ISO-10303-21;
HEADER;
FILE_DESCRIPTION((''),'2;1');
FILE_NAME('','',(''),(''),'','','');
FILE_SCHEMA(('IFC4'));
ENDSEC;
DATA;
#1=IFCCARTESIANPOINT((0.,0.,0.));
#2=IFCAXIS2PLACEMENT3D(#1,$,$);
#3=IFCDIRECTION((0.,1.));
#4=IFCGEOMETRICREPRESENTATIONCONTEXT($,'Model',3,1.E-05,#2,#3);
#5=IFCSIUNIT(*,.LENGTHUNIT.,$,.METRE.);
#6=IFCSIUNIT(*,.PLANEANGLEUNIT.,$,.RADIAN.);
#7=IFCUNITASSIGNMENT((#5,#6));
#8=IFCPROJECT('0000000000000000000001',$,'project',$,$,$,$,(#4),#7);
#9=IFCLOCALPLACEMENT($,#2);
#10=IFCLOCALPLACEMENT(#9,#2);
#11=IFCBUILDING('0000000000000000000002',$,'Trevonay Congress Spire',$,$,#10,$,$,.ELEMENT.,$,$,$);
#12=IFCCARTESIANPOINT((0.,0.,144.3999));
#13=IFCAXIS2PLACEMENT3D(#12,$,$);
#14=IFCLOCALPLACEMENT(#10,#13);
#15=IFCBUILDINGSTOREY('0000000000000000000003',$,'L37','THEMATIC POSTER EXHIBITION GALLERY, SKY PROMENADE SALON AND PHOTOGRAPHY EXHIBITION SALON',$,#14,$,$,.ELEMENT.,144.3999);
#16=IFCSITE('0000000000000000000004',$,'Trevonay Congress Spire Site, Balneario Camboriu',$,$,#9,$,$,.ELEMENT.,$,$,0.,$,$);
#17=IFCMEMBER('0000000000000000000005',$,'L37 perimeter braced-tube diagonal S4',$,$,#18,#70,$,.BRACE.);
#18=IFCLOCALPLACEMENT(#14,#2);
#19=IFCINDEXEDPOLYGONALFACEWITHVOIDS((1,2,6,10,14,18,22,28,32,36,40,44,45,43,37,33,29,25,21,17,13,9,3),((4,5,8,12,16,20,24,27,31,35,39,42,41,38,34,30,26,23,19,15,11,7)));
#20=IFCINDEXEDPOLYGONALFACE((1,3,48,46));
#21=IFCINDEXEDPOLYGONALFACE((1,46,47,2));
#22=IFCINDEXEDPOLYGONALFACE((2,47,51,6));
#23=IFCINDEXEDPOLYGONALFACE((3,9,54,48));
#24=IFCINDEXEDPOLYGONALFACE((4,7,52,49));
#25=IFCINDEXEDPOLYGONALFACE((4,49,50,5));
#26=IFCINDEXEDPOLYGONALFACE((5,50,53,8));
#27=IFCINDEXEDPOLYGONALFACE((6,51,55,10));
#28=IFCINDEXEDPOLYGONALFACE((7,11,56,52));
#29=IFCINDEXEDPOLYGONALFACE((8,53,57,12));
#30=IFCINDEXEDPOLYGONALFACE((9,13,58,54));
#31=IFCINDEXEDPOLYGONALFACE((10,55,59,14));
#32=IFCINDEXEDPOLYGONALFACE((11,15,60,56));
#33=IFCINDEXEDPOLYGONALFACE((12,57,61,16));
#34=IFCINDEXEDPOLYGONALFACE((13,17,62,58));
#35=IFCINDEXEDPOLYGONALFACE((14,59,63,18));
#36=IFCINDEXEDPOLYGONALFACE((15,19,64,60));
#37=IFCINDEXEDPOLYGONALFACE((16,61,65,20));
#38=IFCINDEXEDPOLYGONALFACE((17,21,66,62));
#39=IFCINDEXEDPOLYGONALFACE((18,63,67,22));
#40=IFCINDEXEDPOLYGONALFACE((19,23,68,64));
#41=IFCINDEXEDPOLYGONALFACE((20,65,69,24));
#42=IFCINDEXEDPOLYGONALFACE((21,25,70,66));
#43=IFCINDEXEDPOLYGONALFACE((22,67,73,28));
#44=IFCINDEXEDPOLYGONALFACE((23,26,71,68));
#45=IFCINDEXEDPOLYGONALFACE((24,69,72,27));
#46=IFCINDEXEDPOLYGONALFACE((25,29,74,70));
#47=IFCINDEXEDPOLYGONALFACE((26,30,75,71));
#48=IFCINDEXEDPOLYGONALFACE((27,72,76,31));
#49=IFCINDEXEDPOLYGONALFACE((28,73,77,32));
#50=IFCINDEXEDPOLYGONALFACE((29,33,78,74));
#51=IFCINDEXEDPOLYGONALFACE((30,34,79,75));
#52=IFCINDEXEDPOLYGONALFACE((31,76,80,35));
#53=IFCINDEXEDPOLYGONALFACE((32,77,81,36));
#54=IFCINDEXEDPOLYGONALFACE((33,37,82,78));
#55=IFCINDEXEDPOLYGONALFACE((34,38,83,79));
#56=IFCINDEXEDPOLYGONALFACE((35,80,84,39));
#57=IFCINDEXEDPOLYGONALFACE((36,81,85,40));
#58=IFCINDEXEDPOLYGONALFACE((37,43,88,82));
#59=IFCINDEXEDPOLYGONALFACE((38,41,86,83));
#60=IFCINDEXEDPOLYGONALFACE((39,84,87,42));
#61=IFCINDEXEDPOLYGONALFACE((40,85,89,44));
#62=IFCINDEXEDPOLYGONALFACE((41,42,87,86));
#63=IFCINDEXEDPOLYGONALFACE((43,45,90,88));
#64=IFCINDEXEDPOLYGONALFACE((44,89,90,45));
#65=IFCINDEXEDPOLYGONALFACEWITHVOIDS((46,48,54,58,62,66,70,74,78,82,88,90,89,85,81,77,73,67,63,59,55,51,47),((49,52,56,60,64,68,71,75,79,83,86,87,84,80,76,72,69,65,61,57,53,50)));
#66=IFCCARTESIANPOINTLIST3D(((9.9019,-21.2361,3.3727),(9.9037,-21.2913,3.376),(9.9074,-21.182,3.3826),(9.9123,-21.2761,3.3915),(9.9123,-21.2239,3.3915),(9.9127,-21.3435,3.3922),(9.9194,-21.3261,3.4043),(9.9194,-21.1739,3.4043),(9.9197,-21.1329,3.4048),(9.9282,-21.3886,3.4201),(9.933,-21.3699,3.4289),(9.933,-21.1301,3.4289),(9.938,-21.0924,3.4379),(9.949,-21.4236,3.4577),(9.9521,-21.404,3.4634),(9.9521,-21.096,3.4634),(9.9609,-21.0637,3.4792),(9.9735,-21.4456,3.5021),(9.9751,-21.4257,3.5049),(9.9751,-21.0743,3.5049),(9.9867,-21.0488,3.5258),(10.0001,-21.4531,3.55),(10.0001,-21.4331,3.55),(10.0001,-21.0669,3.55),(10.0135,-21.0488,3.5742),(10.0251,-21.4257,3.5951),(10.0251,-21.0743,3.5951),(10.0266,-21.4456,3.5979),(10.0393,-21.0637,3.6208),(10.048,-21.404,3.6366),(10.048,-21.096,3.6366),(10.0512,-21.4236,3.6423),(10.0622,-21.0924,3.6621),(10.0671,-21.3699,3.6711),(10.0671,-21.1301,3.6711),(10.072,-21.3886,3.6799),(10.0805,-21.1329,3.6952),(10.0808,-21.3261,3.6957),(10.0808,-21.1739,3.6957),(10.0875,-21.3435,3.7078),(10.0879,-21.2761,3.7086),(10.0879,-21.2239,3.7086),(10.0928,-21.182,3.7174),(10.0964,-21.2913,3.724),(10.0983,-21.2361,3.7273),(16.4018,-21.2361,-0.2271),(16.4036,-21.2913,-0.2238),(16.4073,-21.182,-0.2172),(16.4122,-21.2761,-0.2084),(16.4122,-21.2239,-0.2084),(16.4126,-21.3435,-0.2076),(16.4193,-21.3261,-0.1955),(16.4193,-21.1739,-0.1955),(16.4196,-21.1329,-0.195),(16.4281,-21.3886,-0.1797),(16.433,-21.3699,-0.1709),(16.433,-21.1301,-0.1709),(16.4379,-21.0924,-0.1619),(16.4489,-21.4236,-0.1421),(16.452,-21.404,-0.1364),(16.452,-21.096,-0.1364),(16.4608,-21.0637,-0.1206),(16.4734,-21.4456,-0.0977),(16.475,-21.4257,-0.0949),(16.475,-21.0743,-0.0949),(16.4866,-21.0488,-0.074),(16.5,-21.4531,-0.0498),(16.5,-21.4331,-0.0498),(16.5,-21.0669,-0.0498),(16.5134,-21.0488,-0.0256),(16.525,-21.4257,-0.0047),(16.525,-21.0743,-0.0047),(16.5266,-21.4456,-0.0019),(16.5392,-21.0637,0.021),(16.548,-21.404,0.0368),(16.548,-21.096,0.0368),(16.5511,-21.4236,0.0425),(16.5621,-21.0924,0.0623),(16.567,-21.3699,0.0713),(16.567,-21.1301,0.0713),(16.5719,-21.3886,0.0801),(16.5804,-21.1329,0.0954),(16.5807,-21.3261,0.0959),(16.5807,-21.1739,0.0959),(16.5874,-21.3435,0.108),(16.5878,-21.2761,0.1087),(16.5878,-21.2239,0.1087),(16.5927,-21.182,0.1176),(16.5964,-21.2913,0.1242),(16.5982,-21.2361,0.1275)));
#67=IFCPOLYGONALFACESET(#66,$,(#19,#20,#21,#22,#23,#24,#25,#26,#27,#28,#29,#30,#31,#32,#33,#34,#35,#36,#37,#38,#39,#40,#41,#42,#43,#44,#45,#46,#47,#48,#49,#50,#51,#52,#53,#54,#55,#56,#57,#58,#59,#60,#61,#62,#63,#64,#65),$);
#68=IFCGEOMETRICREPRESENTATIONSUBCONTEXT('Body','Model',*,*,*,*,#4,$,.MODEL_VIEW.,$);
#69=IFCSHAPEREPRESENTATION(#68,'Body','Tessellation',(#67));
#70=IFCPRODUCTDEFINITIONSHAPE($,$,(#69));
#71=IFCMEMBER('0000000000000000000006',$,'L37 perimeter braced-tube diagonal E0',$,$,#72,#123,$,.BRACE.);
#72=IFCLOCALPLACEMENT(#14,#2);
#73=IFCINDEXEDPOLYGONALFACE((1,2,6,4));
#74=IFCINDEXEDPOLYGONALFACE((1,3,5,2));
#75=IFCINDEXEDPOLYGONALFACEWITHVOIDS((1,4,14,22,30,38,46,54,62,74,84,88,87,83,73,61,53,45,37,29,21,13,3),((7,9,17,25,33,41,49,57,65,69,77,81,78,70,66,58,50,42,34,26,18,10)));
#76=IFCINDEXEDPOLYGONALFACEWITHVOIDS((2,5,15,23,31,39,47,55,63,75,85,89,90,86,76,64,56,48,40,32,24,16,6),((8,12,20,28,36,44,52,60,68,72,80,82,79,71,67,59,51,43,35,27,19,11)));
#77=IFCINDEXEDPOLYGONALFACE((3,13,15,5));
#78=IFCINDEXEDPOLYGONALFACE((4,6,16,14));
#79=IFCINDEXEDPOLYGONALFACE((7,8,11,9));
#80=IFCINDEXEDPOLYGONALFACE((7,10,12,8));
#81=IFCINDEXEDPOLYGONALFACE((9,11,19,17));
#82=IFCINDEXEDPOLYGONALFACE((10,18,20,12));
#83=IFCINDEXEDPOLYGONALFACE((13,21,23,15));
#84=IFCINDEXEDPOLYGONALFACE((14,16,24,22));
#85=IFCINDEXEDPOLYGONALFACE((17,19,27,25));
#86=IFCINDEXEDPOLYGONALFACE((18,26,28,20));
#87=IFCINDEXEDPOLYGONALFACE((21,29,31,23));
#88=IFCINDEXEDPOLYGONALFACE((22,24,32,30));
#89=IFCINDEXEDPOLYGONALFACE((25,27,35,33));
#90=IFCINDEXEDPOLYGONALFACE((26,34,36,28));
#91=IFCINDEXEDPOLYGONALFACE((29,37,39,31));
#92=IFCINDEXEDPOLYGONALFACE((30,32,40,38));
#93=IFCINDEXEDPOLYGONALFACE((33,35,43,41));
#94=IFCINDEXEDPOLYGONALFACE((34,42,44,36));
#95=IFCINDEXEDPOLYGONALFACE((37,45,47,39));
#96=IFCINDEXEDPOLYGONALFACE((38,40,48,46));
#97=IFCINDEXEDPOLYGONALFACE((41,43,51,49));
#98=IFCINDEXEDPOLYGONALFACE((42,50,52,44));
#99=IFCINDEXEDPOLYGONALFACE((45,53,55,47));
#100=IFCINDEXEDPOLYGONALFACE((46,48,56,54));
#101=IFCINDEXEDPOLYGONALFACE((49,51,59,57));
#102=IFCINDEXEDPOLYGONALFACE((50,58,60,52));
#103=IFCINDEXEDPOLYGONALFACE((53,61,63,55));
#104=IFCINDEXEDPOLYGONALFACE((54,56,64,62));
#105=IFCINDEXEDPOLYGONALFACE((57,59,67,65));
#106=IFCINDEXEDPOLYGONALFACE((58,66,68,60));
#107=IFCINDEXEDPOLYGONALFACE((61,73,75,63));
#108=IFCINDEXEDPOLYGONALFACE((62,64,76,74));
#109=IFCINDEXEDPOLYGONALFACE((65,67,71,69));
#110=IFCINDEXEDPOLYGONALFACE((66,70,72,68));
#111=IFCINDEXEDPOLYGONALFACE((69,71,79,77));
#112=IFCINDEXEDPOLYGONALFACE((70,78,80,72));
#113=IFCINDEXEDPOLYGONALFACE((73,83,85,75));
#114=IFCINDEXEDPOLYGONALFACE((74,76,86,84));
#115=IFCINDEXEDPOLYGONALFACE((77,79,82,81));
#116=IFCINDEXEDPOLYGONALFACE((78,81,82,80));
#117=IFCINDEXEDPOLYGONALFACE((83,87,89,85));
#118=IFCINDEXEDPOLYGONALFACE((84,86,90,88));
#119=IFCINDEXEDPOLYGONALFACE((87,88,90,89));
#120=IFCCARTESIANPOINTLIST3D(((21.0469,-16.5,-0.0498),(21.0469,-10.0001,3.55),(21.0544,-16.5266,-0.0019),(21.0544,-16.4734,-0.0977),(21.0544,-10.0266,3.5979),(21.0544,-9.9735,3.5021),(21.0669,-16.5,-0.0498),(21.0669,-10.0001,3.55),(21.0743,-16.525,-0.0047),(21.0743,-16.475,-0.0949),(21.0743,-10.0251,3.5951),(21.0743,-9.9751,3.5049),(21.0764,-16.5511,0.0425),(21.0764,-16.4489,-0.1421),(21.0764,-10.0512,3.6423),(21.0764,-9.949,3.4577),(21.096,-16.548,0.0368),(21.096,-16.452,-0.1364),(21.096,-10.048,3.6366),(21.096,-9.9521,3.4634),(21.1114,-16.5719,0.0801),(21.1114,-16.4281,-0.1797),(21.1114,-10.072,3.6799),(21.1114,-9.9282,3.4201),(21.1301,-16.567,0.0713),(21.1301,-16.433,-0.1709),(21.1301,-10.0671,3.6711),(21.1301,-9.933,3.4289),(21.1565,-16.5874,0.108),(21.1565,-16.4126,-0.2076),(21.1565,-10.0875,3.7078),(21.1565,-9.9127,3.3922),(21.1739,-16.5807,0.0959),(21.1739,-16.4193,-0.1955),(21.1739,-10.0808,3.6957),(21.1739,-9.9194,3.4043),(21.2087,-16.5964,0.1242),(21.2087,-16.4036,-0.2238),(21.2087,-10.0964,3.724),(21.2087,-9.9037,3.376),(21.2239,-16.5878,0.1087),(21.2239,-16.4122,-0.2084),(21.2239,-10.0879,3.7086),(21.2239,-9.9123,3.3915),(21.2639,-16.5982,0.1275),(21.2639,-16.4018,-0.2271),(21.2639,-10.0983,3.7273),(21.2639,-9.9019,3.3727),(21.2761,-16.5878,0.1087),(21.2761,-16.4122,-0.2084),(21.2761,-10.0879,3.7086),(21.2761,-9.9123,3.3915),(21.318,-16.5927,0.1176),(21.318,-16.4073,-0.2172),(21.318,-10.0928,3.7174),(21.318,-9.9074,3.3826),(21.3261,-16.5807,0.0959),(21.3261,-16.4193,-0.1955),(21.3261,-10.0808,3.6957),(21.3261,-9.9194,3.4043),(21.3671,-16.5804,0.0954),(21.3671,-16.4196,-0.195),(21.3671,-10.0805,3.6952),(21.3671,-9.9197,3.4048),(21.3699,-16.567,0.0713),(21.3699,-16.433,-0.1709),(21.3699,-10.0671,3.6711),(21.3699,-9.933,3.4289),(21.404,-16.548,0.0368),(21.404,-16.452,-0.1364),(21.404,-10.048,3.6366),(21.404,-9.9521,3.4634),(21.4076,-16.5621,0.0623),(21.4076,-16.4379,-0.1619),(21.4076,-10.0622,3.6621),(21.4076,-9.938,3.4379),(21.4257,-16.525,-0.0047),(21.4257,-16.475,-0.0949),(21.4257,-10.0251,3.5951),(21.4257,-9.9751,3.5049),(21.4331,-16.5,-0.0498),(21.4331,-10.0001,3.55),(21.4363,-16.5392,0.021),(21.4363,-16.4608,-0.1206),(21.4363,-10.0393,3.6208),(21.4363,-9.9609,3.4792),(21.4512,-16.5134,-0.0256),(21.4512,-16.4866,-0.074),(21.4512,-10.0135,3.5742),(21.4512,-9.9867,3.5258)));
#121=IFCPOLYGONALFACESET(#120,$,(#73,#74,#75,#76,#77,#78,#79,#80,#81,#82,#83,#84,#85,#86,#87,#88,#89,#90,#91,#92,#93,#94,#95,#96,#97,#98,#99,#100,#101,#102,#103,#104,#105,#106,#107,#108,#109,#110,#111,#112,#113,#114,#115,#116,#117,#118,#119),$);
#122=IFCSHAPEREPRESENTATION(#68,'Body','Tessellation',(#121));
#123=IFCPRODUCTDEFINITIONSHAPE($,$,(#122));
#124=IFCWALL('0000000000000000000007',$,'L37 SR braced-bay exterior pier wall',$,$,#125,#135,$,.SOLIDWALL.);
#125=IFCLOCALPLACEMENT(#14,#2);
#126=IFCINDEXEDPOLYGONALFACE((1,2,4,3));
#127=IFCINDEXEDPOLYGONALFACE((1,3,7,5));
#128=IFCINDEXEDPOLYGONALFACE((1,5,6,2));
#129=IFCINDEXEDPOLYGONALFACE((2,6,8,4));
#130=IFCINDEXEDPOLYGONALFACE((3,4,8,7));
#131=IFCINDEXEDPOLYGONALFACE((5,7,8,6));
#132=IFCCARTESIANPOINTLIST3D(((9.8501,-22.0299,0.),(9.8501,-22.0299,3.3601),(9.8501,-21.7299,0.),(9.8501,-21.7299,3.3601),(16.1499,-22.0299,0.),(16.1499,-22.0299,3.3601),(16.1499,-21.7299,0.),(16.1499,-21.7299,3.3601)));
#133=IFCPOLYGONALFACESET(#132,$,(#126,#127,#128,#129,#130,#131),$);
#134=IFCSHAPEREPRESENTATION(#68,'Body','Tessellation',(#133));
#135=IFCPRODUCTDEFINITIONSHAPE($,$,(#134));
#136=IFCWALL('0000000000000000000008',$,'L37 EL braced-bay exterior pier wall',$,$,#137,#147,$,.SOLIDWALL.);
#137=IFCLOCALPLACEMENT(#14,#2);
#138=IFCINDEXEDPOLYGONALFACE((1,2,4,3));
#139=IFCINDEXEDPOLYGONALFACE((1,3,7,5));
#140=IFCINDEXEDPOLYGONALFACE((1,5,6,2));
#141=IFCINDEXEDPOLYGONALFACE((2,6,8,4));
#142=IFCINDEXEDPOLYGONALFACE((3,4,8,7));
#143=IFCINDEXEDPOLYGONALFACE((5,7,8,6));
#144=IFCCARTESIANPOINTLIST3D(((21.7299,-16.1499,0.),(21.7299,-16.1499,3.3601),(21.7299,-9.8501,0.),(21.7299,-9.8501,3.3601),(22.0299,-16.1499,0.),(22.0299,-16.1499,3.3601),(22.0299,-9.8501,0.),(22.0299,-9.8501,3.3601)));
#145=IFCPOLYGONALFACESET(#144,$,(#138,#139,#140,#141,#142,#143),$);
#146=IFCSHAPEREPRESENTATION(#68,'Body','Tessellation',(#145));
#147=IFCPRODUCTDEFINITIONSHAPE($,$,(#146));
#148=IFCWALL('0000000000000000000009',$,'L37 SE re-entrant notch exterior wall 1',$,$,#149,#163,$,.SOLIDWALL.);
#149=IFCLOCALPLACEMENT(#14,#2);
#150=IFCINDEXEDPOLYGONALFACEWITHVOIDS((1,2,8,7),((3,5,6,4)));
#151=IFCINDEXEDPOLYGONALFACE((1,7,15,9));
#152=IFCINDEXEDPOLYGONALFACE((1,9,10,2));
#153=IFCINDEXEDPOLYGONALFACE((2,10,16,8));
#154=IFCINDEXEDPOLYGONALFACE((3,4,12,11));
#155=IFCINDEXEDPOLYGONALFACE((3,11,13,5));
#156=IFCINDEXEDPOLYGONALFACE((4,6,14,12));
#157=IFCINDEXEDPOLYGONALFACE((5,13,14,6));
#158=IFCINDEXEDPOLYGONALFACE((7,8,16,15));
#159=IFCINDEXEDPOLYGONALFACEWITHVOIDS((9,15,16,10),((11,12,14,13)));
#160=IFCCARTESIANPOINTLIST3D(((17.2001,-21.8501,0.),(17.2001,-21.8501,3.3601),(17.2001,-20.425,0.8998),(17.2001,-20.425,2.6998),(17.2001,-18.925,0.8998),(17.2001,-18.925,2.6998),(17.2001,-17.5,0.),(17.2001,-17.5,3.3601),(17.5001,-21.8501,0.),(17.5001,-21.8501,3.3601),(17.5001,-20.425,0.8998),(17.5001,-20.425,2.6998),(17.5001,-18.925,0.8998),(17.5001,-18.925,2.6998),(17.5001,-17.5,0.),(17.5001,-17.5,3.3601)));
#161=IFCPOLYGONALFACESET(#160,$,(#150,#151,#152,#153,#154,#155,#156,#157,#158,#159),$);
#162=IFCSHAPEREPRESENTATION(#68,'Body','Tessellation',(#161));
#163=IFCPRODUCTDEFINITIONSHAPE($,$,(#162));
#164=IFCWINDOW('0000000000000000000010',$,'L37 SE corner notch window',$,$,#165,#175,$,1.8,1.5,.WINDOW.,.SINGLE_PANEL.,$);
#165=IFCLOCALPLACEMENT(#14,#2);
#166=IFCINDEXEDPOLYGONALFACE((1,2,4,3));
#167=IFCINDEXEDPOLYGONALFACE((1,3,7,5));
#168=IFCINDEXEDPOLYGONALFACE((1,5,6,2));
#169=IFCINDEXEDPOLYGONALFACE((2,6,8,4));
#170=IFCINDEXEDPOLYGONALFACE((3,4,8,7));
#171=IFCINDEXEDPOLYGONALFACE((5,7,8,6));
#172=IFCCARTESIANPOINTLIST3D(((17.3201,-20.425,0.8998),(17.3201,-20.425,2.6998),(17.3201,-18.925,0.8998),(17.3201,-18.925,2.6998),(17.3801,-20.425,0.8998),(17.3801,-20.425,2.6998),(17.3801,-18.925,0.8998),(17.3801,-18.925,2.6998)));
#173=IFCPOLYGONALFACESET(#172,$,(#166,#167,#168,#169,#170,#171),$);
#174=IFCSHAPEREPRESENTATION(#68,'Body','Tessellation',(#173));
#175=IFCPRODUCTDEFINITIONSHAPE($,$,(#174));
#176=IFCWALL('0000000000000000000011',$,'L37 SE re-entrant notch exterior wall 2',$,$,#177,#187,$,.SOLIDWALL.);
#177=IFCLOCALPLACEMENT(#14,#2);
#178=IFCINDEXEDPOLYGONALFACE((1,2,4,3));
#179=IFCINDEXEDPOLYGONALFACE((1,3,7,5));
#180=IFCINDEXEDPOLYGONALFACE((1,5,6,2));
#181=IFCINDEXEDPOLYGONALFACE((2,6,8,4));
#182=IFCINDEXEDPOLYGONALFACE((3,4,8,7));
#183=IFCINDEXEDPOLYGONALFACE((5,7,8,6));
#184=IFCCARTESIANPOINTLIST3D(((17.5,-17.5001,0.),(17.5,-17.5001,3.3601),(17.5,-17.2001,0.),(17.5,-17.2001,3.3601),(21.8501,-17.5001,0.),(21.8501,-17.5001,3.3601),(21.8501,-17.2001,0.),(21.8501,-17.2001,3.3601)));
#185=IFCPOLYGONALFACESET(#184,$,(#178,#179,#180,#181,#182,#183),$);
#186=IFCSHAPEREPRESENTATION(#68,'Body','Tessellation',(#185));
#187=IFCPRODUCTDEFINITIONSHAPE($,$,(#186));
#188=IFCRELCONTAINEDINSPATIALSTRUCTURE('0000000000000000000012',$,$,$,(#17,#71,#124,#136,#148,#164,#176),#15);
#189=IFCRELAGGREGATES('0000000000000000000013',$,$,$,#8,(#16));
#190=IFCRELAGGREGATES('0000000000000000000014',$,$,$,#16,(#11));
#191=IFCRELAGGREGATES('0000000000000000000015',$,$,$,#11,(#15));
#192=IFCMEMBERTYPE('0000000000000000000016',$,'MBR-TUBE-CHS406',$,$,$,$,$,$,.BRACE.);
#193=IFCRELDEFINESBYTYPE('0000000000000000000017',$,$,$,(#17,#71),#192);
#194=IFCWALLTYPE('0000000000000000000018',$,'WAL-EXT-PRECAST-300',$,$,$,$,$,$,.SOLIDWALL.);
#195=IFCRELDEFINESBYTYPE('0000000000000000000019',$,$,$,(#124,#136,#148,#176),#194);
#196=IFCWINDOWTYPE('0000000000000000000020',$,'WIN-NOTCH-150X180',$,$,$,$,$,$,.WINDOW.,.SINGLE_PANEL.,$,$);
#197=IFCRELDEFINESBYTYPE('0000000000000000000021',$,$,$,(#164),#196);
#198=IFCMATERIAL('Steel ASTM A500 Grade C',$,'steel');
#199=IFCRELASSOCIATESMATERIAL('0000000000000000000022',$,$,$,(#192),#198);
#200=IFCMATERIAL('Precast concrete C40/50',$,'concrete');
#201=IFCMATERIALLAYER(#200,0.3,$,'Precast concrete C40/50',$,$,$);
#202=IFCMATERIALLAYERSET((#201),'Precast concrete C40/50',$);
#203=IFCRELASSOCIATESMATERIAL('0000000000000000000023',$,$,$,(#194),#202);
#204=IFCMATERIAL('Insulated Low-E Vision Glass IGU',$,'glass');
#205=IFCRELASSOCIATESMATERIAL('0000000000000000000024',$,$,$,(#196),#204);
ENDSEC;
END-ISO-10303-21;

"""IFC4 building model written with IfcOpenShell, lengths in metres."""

from ifc_helpers import new_model, si_unit, direction, frame, frame_2d, origin, origin_2d, place, context, subcontext, project, spatial, rectangle, hollow_circle, extrude, material, layer, layer_set, material_profile, profile_set, type_object, element, fill, save


model = new_model("IFC4")

# Units and contexts
model_context = context("Model", 3, precision=1e-05, world=origin(), true_north=direction((0.0, 1.0)))
body_context = subcontext(model_context, "Body", "Model", "MODEL_VIEW")
ifc_project = project(units=[si_unit("LENGTHUNIT", "METRE"), si_unit("PLANEANGLEUNIT", "RADIAN")], contexts=[model_context])

# Site, building, storey
site_placement = place(None, origin())
site = spatial("IfcSite", under=ifc_project, at=site_placement, Name="Trevonay Congress Spire Site, Balneario Camboriu", CompositionType="ELEMENT", RefElevation=0.0)
building_placement = place(site_placement, origin())
building = spatial("IfcBuilding", under=site, at=building_placement, Name="Trevonay Congress Spire", CompositionType="ELEMENT")
storey_placement = place(building_placement, frame((0.0, 0.0, 144.3999)))
storey = spatial("IfcBuildingStorey", under=building, at=storey_placement, Name="L37", Description="THEMATIC POSTER EXHIBITION GALLERY, SKY PROMENADE SALON AND PHOTOGRAPHY EXHIBITION SALON", CompositionType="ELEMENT", Elevation=144.3999)

# Members
ifc_material_1 = material(Name="Steel ASTM A500 Grade C", Category="steel")
ifc_material_profile_1 = material_profile(ifc_material_1, hollow_circle(Radius=0.2031, WallThickness=0.02, at=origin_2d()), Name="CHS 406.4x20")
ifc_profile_set_1 = profile_set([ifc_material_profile_1], Name="Steel ASTM A500 Grade C")
member_type_1 = type_object("IfcMemberType", Name="MBR-TUBE-CHS406", PredefinedType="BRACE", material=ifc_profile_set_1)
for number, where, z_axis, x_axis, name in (
    (1, (16.5, -21.25, -0.0498), (-0.8748, 0.0, 0.484485), (0.0, -1.0, 0.0), "L37 perimeter braced-tube diagonal S4"),
    (2, (21.25, -16.5, -0.0498), (0.0, 0.8748, 0.484485), (-1.0, 0.0, 0.0), "L37 perimeter braced-tube diagonal E0"),
):
    element("IfcMember", number, at=place(storey_placement, frame(where, z_axis=z_axis, x_axis=x_axis)), inside=storey, type_object=member_type_1, Name=name, PredefinedType="BRACE", context=body_context, shape_type="SweptSolid", body=[
        extrude(hollow_circle(Radius=0.2031, WallThickness=0.02, at=origin_2d()), origin(), (0.0, 0.0, 1.0), 7.4302),
    ])

# Walls
ifc_material_2 = material(Name="Precast concrete C40/50", Category="concrete")
ifc_layer_1 = layer(ifc_material_2, 0.3, Name="Precast concrete C40/50")
ifc_layer_set_1 = layer_set([ifc_layer_1], Name="Precast concrete C40/50")
wall_type_1 = type_object("IfcWallType", Name="WAL-EXT-PRECAST-300", PredefinedType="SOLIDWALL", material=ifc_layer_set_1)
for number, where, z_axis, x_axis, name in (
    (3, (9.8501, -21.8799, 0.0), (0.0, 0.0, 1.0), (1.0, 0.0, 0.0), "L37 SR braced-bay exterior pier wall"),
    (4, (21.8799, -16.1499, 0.0), (0.0, 0.0, 1.0), (0.0, 1.0, 0.0), "L37 EL braced-bay exterior pier wall"),
):
    element("IfcWall", number, at=place(storey_placement, frame(where, z_axis=z_axis, x_axis=x_axis)), inside=storey, type_object=wall_type_1, Name=name, PredefinedType="SOLIDWALL", context=body_context, shape_type="SweptSolid", body=[
        extrude(rectangle(XDim=6.2998, YDim=0.3, at=frame_2d((3.1499, 0.0))), origin(), (0.0, 0.0, 1.0), 3.3601),
    ])

# Wall, opening, window
wall_1_placement = place(storey_placement, frame((17.3501, -21.8501, 0.0), z_axis=(0.0, 0.0, 1.0), x_axis=(0.0, 1.0, 0.0)))
wall_1 = element("IfcWall", 5, at=wall_1_placement, inside=storey, type_object=wall_type_1, Name="L37 SE re-entrant notch exterior wall 1", PredefinedType="SOLIDWALL", context=body_context, shape_type="SweptSolid", body=[
    extrude(rectangle(XDim=4.3501, YDim=0.3, at=frame_2d((2.175, 0.0))), origin(), (0.0, 0.0, 1.0), 3.3601),
])
opening_placement = place(wall_1_placement, frame((1.425, 0.0, 0.8999)))
opening = element("IfcOpeningElement", 6, at=opening_placement, cuts=wall_1, PredefinedType="OPENING", context=body_context, shape_type="SweptSolid", body=[
    extrude(rectangle(XDim=1.5, YDim=1.8, at=frame_2d((0.75, 0.8999))), frame((0.0, 0.1602, 0.0), z_axis=(0.0, -1.0, 0.0), x_axis=(1.0, 0.0, 0.0)), (0.0, 0.0, 1.0), 0.3201),
])
ifc_material_3 = material(Name="Insulated Low-E Vision Glass IGU", Category="glass")
window_type = type_object("IfcWindowType", Name="WIN-NOTCH-150X180", PartitioningType="SINGLE_PANEL", PredefinedType="WINDOW", material=ifc_material_3)
window_placement = place(opening_placement, origin())
window = element("IfcWindow", 7, at=window_placement, inside=storey, type_object=window_type, Name="L37 SE corner notch window", OverallHeight=1.8, OverallWidth=1.5, PartitioningType="SINGLE_PANEL", PredefinedType="WINDOW", context=body_context, shape_type="SweptSolid", body=[
    extrude(rectangle(XDim=1.5, YDim=1.8, at=frame_2d((0.75, 0.8999))), frame((0.0, 0.03, 0.0), z_axis=(0.0, -1.0, 0.0), x_axis=(1.0, 0.0, 0.0)), (0.0, 0.0, 1.0), 0.0601),
])
fill(opening, window)

# Wall
wall_2_placement = place(storey_placement, frame((21.8501, -17.3501, 0.0), z_axis=(0.0, 0.0, 1.0), x_axis=(-1.0, 0.0, 0.0)))
element("IfcWall", 8, at=wall_2_placement, inside=storey, type_object=wall_type_1, Name="L37 SE re-entrant notch exterior wall 2", PredefinedType="SOLIDWALL", context=body_context, shape_type="SweptSolid", body=[
    extrude(rectangle(XDim=4.3501, YDim=0.3, at=frame_2d((2.175, 0.0))), origin(), (0.0, 0.0, 1.0), 3.3601),
])

save(model, "model.ifc")
